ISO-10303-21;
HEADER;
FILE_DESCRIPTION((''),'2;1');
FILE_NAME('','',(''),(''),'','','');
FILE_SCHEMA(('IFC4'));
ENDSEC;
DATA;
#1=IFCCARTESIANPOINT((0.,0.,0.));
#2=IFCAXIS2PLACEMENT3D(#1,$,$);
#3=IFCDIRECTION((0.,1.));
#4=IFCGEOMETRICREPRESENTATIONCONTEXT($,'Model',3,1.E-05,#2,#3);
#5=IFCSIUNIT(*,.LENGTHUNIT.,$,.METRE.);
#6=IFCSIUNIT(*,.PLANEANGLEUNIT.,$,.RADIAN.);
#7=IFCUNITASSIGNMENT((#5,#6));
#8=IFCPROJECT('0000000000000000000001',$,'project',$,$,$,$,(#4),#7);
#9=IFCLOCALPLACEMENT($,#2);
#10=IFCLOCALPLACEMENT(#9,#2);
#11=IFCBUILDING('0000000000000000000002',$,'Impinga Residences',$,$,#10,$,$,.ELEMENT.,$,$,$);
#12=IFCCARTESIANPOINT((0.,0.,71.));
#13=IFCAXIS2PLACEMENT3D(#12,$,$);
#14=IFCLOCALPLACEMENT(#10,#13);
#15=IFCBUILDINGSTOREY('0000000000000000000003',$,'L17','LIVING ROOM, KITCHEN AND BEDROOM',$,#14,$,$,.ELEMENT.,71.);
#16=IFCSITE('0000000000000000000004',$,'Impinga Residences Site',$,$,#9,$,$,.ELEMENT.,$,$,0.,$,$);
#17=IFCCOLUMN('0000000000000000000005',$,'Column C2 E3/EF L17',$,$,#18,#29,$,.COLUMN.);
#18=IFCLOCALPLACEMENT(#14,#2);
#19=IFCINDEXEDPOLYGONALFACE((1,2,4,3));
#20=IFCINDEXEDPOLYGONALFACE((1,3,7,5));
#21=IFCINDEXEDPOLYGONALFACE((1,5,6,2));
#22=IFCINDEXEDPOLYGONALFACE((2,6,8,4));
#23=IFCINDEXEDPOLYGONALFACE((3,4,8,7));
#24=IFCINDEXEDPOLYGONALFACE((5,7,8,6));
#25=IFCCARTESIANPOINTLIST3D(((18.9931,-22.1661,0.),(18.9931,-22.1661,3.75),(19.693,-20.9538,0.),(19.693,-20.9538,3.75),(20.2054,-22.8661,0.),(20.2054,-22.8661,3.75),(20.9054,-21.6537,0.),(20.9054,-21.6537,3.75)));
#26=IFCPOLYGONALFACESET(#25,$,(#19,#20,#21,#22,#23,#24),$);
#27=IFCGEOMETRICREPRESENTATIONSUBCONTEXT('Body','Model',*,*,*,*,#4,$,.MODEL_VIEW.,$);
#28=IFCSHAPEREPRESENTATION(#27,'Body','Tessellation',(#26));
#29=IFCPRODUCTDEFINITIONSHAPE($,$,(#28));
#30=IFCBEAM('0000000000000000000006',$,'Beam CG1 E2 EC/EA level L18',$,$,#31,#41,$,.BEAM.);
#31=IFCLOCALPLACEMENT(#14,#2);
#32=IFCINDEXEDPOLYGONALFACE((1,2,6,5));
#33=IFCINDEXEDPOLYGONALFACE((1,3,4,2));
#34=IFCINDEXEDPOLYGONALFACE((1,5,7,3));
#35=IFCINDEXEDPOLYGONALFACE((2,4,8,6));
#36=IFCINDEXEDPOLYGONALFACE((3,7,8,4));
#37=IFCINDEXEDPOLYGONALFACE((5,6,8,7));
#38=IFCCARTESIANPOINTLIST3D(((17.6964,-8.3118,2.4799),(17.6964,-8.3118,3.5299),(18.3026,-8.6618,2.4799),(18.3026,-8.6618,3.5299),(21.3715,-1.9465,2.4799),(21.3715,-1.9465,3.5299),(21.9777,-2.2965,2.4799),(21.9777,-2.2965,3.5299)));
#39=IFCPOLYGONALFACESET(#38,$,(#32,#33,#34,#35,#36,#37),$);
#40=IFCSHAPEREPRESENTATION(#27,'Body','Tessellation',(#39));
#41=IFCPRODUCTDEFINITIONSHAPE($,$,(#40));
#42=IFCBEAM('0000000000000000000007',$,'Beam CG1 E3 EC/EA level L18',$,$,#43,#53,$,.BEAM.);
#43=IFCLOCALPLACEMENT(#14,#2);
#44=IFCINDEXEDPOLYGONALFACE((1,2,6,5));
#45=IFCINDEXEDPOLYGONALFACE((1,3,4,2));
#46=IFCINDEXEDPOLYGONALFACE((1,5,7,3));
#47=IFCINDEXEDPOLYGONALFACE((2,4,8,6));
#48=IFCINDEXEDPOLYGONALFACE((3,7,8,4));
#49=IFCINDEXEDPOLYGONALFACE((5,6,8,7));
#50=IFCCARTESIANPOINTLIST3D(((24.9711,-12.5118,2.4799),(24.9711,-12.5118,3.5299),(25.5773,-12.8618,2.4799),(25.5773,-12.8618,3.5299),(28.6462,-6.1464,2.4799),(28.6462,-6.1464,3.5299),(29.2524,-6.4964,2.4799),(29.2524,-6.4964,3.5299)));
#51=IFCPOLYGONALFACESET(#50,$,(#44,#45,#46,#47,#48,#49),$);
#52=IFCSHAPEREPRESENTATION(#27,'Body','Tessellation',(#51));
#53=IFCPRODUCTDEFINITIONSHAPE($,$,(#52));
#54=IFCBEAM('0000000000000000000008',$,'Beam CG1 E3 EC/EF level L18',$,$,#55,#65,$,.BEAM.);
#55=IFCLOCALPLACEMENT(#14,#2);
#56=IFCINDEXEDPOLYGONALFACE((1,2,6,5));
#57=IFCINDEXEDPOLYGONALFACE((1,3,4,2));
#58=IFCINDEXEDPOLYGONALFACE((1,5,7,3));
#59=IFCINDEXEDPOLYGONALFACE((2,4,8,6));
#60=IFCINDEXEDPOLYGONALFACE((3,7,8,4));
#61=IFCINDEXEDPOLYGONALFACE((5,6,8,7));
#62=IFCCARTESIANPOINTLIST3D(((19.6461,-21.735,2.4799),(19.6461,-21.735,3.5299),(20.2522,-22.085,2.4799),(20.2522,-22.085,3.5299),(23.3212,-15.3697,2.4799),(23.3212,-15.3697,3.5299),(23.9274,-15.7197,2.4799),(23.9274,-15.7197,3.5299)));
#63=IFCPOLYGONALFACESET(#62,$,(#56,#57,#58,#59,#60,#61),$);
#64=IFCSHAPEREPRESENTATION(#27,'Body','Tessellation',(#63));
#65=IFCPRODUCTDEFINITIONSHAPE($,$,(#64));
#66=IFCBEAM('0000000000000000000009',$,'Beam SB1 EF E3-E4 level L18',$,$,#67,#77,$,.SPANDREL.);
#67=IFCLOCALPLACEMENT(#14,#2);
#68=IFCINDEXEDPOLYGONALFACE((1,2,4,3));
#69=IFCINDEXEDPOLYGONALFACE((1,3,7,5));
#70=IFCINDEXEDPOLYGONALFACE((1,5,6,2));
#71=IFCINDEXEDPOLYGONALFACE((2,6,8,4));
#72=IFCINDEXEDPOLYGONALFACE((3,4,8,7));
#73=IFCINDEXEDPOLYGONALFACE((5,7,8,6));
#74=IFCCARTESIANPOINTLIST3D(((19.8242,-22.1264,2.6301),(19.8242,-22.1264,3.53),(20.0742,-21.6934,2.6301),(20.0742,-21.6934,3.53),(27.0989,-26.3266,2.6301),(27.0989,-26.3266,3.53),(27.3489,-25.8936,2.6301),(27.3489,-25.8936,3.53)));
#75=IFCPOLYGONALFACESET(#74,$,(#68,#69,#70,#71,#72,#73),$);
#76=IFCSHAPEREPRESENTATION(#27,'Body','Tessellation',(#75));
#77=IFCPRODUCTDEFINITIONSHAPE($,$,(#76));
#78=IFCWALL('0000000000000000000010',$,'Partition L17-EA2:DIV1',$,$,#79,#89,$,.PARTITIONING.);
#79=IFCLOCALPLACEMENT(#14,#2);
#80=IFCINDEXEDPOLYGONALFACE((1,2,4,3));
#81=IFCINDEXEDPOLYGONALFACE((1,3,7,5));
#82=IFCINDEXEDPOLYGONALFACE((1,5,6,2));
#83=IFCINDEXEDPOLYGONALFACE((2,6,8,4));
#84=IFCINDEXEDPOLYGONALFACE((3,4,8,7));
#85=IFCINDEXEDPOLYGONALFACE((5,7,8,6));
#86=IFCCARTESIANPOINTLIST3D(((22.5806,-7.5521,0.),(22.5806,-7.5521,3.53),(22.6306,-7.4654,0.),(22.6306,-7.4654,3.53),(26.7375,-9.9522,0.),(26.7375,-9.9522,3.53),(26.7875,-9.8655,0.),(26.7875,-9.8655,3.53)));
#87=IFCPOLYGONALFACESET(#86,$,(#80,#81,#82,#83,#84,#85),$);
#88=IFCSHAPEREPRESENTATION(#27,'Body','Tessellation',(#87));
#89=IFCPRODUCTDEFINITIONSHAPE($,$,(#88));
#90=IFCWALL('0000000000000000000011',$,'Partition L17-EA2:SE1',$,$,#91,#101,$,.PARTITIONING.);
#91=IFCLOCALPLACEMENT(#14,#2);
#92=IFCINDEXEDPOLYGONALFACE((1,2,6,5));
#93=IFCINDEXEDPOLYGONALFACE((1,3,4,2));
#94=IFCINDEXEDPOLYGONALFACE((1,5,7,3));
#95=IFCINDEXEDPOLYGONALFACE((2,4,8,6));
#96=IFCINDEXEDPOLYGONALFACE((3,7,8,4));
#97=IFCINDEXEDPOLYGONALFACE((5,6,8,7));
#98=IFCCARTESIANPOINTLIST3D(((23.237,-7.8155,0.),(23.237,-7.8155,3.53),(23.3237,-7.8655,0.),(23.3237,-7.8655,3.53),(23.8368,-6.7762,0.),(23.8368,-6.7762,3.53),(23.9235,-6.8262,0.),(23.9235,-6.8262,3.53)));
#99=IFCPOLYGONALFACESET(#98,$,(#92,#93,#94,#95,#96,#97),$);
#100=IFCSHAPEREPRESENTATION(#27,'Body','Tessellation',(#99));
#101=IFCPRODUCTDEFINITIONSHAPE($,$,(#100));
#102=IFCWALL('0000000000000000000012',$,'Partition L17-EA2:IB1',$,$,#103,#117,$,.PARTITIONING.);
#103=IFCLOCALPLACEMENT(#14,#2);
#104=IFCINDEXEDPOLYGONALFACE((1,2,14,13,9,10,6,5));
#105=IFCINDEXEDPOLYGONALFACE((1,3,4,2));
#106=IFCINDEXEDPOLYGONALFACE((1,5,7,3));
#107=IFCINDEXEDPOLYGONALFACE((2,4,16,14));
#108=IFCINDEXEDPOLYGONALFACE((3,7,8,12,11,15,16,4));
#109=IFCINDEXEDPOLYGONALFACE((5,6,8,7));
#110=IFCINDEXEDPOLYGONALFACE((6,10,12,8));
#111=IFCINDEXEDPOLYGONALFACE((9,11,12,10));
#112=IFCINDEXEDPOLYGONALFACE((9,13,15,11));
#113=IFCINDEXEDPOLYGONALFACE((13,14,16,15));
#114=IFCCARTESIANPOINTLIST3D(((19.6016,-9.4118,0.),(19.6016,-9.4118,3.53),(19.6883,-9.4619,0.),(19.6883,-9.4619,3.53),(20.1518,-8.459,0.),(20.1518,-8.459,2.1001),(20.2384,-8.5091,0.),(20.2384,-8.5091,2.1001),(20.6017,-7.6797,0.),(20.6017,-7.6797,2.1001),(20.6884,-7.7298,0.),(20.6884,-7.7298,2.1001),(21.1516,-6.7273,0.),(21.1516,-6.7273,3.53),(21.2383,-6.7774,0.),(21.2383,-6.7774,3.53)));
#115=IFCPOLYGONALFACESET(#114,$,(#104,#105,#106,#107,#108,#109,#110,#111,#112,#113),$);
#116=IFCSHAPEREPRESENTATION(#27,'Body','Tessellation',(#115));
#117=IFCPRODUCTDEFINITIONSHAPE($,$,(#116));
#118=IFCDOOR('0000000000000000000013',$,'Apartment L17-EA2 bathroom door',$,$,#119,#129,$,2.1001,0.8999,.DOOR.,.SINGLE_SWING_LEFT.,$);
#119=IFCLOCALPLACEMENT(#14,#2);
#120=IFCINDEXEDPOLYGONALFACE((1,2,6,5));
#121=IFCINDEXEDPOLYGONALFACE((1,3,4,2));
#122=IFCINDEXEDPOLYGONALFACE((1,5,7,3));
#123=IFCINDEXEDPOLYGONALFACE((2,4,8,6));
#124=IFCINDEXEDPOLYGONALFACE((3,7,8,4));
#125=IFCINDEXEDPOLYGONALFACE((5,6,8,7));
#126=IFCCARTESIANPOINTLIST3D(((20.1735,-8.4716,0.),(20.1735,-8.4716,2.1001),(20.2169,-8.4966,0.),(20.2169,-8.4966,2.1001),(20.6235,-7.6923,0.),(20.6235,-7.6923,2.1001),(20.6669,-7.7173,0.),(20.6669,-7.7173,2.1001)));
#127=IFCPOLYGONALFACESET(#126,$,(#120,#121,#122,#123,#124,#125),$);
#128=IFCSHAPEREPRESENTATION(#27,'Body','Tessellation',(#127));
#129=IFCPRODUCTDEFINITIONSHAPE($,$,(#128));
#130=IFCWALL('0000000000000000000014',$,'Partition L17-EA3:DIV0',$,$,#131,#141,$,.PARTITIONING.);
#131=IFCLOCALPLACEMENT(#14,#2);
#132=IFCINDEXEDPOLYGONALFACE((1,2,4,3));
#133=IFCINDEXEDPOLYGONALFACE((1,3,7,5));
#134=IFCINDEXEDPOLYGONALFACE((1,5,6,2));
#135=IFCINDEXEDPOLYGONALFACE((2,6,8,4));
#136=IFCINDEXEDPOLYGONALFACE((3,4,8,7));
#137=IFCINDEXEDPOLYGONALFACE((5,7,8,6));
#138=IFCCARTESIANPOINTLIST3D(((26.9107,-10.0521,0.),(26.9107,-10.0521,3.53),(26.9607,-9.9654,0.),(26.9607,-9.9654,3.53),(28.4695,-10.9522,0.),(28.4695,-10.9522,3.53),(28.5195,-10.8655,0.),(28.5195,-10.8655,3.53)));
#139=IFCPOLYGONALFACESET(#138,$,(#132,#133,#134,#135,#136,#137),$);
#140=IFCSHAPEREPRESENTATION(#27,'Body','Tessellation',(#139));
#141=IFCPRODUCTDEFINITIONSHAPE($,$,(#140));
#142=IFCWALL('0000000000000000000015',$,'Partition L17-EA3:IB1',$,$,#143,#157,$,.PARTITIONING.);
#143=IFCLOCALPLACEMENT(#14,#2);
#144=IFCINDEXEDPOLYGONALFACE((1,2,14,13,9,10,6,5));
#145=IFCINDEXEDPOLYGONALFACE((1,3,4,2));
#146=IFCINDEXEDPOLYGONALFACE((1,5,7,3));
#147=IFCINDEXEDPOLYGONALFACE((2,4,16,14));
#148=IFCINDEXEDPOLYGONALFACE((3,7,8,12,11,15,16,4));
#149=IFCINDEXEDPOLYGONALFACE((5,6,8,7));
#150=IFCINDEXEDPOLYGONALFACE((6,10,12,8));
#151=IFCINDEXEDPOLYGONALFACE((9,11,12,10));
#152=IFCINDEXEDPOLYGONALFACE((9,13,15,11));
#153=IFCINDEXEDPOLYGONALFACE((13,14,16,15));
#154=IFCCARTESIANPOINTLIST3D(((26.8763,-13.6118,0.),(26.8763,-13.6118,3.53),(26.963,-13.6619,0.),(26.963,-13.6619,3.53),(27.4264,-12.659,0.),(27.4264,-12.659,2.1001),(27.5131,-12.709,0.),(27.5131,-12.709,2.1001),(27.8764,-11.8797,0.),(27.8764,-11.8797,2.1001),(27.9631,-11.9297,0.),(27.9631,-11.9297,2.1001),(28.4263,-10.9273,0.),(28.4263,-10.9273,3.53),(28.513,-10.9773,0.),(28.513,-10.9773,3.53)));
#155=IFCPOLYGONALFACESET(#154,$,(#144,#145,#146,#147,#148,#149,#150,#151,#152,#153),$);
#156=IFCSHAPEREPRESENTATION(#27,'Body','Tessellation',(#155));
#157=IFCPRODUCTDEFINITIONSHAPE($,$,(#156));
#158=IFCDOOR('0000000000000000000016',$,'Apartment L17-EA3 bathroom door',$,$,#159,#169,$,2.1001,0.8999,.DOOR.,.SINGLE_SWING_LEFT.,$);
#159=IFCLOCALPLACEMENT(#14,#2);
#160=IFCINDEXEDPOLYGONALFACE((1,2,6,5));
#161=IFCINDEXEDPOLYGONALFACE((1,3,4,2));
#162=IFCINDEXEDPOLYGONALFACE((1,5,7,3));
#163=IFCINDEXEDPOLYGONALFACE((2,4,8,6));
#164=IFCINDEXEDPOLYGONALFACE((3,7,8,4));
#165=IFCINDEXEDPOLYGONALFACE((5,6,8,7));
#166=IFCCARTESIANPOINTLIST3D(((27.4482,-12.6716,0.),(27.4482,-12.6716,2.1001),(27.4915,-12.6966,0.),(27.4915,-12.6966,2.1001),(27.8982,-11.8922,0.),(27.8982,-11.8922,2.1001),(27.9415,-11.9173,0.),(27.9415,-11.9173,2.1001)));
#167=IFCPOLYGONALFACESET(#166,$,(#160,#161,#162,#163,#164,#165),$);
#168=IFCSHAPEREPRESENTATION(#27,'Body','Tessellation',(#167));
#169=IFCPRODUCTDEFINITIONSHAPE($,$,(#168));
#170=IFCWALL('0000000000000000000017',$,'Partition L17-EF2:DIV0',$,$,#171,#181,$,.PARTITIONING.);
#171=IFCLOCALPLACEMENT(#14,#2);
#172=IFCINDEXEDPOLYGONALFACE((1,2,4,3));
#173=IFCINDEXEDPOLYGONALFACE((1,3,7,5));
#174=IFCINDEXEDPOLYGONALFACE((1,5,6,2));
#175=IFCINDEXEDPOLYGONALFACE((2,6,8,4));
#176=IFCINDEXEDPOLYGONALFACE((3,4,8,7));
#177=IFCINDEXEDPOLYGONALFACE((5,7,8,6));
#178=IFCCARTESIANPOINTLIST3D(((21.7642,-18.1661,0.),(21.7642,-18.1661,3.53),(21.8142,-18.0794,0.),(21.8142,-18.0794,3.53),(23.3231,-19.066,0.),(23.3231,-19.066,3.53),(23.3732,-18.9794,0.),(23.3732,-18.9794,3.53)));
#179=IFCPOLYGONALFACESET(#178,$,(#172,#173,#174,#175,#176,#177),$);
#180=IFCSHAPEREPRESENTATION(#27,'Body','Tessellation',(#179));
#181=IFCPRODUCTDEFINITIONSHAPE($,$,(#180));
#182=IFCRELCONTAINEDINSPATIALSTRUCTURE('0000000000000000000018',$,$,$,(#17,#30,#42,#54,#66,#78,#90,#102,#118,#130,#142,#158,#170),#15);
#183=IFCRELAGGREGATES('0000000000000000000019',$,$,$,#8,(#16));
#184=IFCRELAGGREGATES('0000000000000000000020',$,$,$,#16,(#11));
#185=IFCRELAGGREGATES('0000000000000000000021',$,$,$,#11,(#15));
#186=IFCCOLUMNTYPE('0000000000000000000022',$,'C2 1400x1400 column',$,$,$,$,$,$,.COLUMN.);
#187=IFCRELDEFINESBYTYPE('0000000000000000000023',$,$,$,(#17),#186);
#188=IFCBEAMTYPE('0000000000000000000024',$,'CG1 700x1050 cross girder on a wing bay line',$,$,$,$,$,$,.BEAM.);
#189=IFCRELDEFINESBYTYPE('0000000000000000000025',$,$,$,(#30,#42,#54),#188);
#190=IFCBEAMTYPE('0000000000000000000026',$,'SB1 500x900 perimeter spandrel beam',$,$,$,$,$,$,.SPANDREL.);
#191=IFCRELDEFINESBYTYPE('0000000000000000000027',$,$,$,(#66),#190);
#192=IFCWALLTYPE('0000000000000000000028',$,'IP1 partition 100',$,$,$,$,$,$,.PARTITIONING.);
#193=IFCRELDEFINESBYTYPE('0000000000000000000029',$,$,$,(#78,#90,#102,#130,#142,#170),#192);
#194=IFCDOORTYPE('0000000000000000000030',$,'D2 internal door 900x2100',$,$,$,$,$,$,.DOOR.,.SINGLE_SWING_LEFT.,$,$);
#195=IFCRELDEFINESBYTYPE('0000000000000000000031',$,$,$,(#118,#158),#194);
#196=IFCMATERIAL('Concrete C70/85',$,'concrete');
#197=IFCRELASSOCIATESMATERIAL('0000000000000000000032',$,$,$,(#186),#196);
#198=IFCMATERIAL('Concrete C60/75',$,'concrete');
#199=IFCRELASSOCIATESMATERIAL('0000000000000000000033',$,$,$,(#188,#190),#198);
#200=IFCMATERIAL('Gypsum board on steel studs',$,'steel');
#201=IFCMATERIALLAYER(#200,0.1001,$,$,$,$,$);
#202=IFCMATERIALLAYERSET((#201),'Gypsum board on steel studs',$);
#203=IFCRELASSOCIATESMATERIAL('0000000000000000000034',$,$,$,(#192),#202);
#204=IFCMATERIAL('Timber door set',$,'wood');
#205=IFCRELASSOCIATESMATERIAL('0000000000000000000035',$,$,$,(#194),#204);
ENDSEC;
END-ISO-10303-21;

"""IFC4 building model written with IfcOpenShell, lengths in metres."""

from ifc_helpers import new_model, si_unit, direction, frame, frame_2d, origin, origin_2d, place, context, subcontext, project, spatial, rectangle, extrude, material, layer, layer_set, material_profile, profile_set, type_object, element, fill, save


model = new_model("IFC4")

# Units and contexts
model_context = context("Model", 3, precision=1e-05, world=origin(), true_north=direction((0.0, 1.0)))
body_context = subcontext(model_context, "Body", "Model", "MODEL_VIEW")
ifc_project = project(units=[si_unit("LENGTHUNIT", "METRE"), si_unit("PLANEANGLEUNIT", "RADIAN")], contexts=[model_context])

# Site, building, storey
site_placement = place(None, origin())
site = spatial("IfcSite", under=ifc_project, at=site_placement, Name="Impinga Residences Site", CompositionType="ELEMENT", RefElevation=0.0)
building_placement = place(site_placement, origin())
building = spatial("IfcBuilding", under=site, at=building_placement, Name="Impinga Residences", CompositionType="ELEMENT")
storey_placement = place(building_placement, frame((0.0, 0.0, 71.0)))
storey = spatial("IfcBuildingStorey", under=building, at=storey_placement, Name="L17", Description="LIVING ROOM, KITCHEN AND BEDROOM", CompositionType="ELEMENT", Elevation=71.0)

# Column
ifc_material_1 = material(Name="Concrete C70/85", Category="concrete")
ifc_material_profile_1 = material_profile(ifc_material_1, rectangle(XDim=1.3999, YDim=1.3999, at=origin_2d()), Name="RC 1400x1400")
ifc_profile_set_1 = profile_set([ifc_material_profile_1], Name="Concrete C70/85")
column_type = type_object("IfcColumnType", Name="C2 1400x1400 column", PredefinedType="COLUMN", material=ifc_profile_set_1)
column_placement = place(storey_placement, frame((19.9492, -21.9099, 0.0), z_axis=(0.0, 0.0, 1.0), x_axis=(-0.5, -0.866025, 0.0)))
element("IfcColumn", 1, at=column_placement, inside=storey, type_object=column_type, Name="Column C2 E3/EF L17", PredefinedType="COLUMN", context=body_context, shape_type="SweptSolid", body=[
    extrude(rectangle(XDim=1.3999, YDim=1.3999, at=origin_2d()), origin(), (0.0, 0.0, 1.0), 3.75),
])

# Beams
ifc_material_2 = material(Name="Concrete C60/75", Category="concrete")
ifc_material_profile_2 = material_profile(ifc_material_2, rectangle(XDim=0.7, YDim=1.05, at=origin_2d()), Name="RC 700x1050")
ifc_profile_set_2 = profile_set([ifc_material_profile_2], Name="Concrete C60/75")
beam_type_1 = type_object("IfcBeamType", Name="CG1 700x1050 cross girder on a wing bay line", PredefinedType="BEAM", material=ifc_profile_set_2)
for number, where, z_axis, x_axis, name in (
    (2, (17.9995, -8.4868, 3.0049), (0.500008, 0.866021, 0.0), (-0.866021, 0.500008, 0.0), "Beam CG1 E2 EC/EA level L18"),
    (3, (25.2742, -12.6868, 3.0049), (0.500008, 0.866021, 0.0), (-0.866021, 0.500008, 0.0), "Beam CG1 E3 EC/EA level L18"),
    (4, (23.6243, -15.5447, 3.0049), (-0.500008, -0.866021, 0.0), (0.866021, -0.500008, 0.0), "Beam CG1 E3 EC/EF level L18"),
):
    element("IfcBeam", number, at=place(storey_placement, frame(where, z_axis=z_axis, x_axis=x_axis)), inside=storey, type_object=beam_type_1, Name=name, PredefinedType="BEAM", context=body_context, shape_type="SweptSolid", body=[
        extrude(rectangle(XDim=0.7, YDim=1.05, at=origin_2d()), origin(), (0.0, 0.0, 1.0), 7.3501),
    ])
ifc_material_profile_3 = material_profile(ifc_material_2, rectangle(XDim=0.5, YDim=0.8999, at=origin_2d()), Name="RC 500x900")
ifc_profile_set_3 = profile_set([ifc_material_profile_3], Name="Concrete C60/75")
beam_type_2 = type_object("IfcBeamType", Name="SB1 500x900 perimeter spandrel beam", PredefinedType="SPANDREL", material=ifc_profile_set_3)
beam_placement = place(storey_placement, frame((19.9492, -21.9099, 3.0801), z_axis=(0.866017, -0.500015, 0.0), x_axis=(0.500015, 0.866017, 0.0)))
element("IfcBeam", 5, at=beam_placement, inside=storey, type_object=beam_type_2, Name="Beam SB1 EF E3-E4 level L18", PredefinedType="SPANDREL", context=body_context, shape_type="SweptSolid", body=[
    extrude(rectangle(XDim=0.5, YDim=0.8999, at=origin_2d()), origin(), (0.0, 0.0, 1.0), 8.4001),
])

# Walls
ifc_material_3 = material(Name="Gypsum board on steel studs", Category="steel")
ifc_layer_1 = layer(ifc_material_3, 0.1001)
ifc_layer_set_1 = layer_set([ifc_layer_1], Name="Gypsum board on steel studs")
wall_type_1 = type_object("IfcWallType", Name="IP1 partition 100", PredefinedType="PARTITIONING", material=ifc_layer_set_1)
wall_1_placement = place(storey_placement, frame((22.6057, -7.5088, 0.0), z_axis=(0.0, 0.0, 1.0), x_axis=(0.866015, -0.500017, 0.0)))
element("IfcWall", 6, at=wall_1_placement, inside=storey, type_object=wall_type_1, Name="Partition L17-EA2:DIV1", PredefinedType="PARTITIONING", context=body_context, shape_type="SweptSolid", body=[
    extrude(rectangle(XDim=4.8, YDim=0.1001, at=frame_2d((2.3999, 0.0))), origin(), (0.0, 0.0, 1.0), 3.53),
])
wall_2_placement = place(storey_placement, frame((23.2803, -7.8406, 0.0), z_axis=(0.0, 0.0, 1.0), x_axis=(0.499881, 0.866094, 0.0)))
element("IfcWall", 7, at=wall_2_placement, inside=storey, type_object=wall_type_1, Name="Partition L17-EA2:SE1", PredefinedType="PARTITIONING", context=body_context, shape_type="SweptSolid", body=[
    extrude(rectangle(XDim=1.2, YDim=0.1001, at=frame_2d((0.6001, 0.0))), origin(), (0.0, 0.0, 1.0), 3.53),
])

# Wall, opening, door
wall_3_placement = place(storey_placement, frame((19.645, -9.4368, 0.0), z_axis=(0.0, 0.0, 1.0), x_axis=(0.500027, 0.86601, 0.0)))
wall_3 = element("IfcWall", 8, at=wall_3_placement, inside=storey, type_object=wall_type_1, Name="Partition L17-EA2:IB1", PredefinedType="PARTITIONING", context=body_context, shape_type="SweptSolid", body=[
    extrude(rectangle(XDim=3.0999, YDim=0.1001, at=frame_2d((1.5498, 0.0))), origin(), (0.0, 0.0, 1.0), 3.53),
])
opening_1_placement = place(wall_3_placement, frame((1.1001, 0.0, 0.0)))
opening_1 = element("IfcOpeningElement", 9, at=opening_1_placement, cuts=wall_3, PredefinedType="OPENING", context=body_context, shape_type="SweptSolid", body=[
    extrude(rectangle(XDim=0.8999, YDim=2.1001, at=frame_2d((0.45, 1.05))), frame((0.0, 0.0601, 0.0), z_axis=(0.0, -1.0, 0.0), x_axis=(1.0, 0.0, 0.0)), (0.0, 0.0, 1.0), 0.1201),
])
ifc_material_4 = material(Name="Timber door set", Category="wood")
door_type = type_object("IfcDoorType", Name="D2 internal door 900x2100", OperationType="SINGLE_SWING_LEFT", PredefinedType="DOOR", material=ifc_material_4)
door_1_placement = place(opening_1_placement, origin())
door_1 = element("IfcDoor", 10, at=door_1_placement, inside=storey, type_object=door_type, Name="Apartment L17-EA2 bathroom door", OperationType="SINGLE_SWING_LEFT", OverallHeight=2.1001, OverallWidth=0.8999, PredefinedType="DOOR", context=body_context, shape_type="SweptSolid", body=[
    extrude(rectangle(XDim=0.8999, YDim=2.1001, at=frame_2d((0.45, 1.05))), frame((0.0, 0.0249, 0.0), z_axis=(0.0, -1.0, 0.0), x_axis=(1.0, 0.0, 0.0)), (0.0, 0.0, 1.0), 0.05),
])
fill(opening_1, door_1)

# Wall
wall_4_placement = place(storey_placement, frame((26.9358, -10.0088, 0.0), z_axis=(0.0, 0.0, 1.0), x_axis=(0.865989, -0.500063, 0.0)))
element("IfcWall", 11, at=wall_4_placement, inside=storey, type_object=wall_type_1, Name="Partition L17-EA3:DIV0", PredefinedType="PARTITIONING", context=body_context, shape_type="SweptSolid", body=[
    extrude(rectangle(XDim=1.8, YDim=0.1001, at=frame_2d((0.8999, 0.0))), origin(), (0.0, 0.0, 1.0), 3.53),
])

# Wall, opening, door
wall_5_placement = place(storey_placement, frame((26.9197, -13.6367, 0.0), z_axis=(0.0, 0.0, 1.0), x_axis=(0.500027, 0.86601, 0.0)))
wall_5 = element("IfcWall", 12, at=wall_5_placement, inside=storey, type_object=wall_type_1, Name="Partition L17-EA3:IB1", PredefinedType="PARTITIONING", context=body_context, shape_type="SweptSolid", body=[
    extrude(rectangle(XDim=3.0999, YDim=0.1001, at=frame_2d((1.5498, 0.0))), origin(), (0.0, 0.0, 1.0), 3.53),
])
opening_2_placement = place(wall_5_placement, frame((1.1001, 0.0, 0.0)))
opening_2 = element("IfcOpeningElement", 13, at=opening_2_placement, cuts=wall_5, PredefinedType="OPENING", context=body_context, shape_type="SweptSolid", body=[
    extrude(rectangle(XDim=0.8999, YDim=2.1001, at=frame_2d((0.45, 1.05))), frame((0.0, 0.0601, 0.0), z_axis=(0.0, -1.0, 0.0), x_axis=(1.0, 0.0, 0.0)), (0.0, 0.0, 1.0), 0.1201),
])
door_2_placement = place(opening_2_placement, origin())
door_2 = element("IfcDoor", 14, at=door_2_placement, inside=storey, type_object=door_type, Name="Apartment L17-EA3 bathroom door", OperationType="SINGLE_SWING_LEFT", OverallHeight=2.1001, OverallWidth=0.8999, PredefinedType="DOOR", context=body_context, shape_type="SweptSolid", body=[
    extrude(rectangle(XDim=0.8999, YDim=2.1001, at=frame_2d((0.45, 1.05))), frame((0.0, 0.0249, 0.0), z_axis=(0.0, -1.0, 0.0), x_axis=(1.0, 0.0, 0.0)), (0.0, 0.0, 1.0), 0.05),
])
fill(opening_2, door_2)

# Wall
wall_6_placement = place(storey_placement, frame((21.7893, -18.1228, 0.0), z_axis=(0.0, 0.0, 1.0), x_axis=(0.866048, -0.499961, 0.0)))
element("IfcWall", 15, at=wall_6_placement, inside=storey, type_object=wall_type_1, Name="Partition L17-EF2:DIV0", PredefinedType="PARTITIONING", context=body_context, shape_type="SweptSolid", body=[
    extrude(rectangle(XDim=1.8, YDim=0.1001, at=frame_2d((0.8999, 0.0))), origin(), (0.0, 0.0, 1.0), 3.53),
])

save(model, "model.ifc")
